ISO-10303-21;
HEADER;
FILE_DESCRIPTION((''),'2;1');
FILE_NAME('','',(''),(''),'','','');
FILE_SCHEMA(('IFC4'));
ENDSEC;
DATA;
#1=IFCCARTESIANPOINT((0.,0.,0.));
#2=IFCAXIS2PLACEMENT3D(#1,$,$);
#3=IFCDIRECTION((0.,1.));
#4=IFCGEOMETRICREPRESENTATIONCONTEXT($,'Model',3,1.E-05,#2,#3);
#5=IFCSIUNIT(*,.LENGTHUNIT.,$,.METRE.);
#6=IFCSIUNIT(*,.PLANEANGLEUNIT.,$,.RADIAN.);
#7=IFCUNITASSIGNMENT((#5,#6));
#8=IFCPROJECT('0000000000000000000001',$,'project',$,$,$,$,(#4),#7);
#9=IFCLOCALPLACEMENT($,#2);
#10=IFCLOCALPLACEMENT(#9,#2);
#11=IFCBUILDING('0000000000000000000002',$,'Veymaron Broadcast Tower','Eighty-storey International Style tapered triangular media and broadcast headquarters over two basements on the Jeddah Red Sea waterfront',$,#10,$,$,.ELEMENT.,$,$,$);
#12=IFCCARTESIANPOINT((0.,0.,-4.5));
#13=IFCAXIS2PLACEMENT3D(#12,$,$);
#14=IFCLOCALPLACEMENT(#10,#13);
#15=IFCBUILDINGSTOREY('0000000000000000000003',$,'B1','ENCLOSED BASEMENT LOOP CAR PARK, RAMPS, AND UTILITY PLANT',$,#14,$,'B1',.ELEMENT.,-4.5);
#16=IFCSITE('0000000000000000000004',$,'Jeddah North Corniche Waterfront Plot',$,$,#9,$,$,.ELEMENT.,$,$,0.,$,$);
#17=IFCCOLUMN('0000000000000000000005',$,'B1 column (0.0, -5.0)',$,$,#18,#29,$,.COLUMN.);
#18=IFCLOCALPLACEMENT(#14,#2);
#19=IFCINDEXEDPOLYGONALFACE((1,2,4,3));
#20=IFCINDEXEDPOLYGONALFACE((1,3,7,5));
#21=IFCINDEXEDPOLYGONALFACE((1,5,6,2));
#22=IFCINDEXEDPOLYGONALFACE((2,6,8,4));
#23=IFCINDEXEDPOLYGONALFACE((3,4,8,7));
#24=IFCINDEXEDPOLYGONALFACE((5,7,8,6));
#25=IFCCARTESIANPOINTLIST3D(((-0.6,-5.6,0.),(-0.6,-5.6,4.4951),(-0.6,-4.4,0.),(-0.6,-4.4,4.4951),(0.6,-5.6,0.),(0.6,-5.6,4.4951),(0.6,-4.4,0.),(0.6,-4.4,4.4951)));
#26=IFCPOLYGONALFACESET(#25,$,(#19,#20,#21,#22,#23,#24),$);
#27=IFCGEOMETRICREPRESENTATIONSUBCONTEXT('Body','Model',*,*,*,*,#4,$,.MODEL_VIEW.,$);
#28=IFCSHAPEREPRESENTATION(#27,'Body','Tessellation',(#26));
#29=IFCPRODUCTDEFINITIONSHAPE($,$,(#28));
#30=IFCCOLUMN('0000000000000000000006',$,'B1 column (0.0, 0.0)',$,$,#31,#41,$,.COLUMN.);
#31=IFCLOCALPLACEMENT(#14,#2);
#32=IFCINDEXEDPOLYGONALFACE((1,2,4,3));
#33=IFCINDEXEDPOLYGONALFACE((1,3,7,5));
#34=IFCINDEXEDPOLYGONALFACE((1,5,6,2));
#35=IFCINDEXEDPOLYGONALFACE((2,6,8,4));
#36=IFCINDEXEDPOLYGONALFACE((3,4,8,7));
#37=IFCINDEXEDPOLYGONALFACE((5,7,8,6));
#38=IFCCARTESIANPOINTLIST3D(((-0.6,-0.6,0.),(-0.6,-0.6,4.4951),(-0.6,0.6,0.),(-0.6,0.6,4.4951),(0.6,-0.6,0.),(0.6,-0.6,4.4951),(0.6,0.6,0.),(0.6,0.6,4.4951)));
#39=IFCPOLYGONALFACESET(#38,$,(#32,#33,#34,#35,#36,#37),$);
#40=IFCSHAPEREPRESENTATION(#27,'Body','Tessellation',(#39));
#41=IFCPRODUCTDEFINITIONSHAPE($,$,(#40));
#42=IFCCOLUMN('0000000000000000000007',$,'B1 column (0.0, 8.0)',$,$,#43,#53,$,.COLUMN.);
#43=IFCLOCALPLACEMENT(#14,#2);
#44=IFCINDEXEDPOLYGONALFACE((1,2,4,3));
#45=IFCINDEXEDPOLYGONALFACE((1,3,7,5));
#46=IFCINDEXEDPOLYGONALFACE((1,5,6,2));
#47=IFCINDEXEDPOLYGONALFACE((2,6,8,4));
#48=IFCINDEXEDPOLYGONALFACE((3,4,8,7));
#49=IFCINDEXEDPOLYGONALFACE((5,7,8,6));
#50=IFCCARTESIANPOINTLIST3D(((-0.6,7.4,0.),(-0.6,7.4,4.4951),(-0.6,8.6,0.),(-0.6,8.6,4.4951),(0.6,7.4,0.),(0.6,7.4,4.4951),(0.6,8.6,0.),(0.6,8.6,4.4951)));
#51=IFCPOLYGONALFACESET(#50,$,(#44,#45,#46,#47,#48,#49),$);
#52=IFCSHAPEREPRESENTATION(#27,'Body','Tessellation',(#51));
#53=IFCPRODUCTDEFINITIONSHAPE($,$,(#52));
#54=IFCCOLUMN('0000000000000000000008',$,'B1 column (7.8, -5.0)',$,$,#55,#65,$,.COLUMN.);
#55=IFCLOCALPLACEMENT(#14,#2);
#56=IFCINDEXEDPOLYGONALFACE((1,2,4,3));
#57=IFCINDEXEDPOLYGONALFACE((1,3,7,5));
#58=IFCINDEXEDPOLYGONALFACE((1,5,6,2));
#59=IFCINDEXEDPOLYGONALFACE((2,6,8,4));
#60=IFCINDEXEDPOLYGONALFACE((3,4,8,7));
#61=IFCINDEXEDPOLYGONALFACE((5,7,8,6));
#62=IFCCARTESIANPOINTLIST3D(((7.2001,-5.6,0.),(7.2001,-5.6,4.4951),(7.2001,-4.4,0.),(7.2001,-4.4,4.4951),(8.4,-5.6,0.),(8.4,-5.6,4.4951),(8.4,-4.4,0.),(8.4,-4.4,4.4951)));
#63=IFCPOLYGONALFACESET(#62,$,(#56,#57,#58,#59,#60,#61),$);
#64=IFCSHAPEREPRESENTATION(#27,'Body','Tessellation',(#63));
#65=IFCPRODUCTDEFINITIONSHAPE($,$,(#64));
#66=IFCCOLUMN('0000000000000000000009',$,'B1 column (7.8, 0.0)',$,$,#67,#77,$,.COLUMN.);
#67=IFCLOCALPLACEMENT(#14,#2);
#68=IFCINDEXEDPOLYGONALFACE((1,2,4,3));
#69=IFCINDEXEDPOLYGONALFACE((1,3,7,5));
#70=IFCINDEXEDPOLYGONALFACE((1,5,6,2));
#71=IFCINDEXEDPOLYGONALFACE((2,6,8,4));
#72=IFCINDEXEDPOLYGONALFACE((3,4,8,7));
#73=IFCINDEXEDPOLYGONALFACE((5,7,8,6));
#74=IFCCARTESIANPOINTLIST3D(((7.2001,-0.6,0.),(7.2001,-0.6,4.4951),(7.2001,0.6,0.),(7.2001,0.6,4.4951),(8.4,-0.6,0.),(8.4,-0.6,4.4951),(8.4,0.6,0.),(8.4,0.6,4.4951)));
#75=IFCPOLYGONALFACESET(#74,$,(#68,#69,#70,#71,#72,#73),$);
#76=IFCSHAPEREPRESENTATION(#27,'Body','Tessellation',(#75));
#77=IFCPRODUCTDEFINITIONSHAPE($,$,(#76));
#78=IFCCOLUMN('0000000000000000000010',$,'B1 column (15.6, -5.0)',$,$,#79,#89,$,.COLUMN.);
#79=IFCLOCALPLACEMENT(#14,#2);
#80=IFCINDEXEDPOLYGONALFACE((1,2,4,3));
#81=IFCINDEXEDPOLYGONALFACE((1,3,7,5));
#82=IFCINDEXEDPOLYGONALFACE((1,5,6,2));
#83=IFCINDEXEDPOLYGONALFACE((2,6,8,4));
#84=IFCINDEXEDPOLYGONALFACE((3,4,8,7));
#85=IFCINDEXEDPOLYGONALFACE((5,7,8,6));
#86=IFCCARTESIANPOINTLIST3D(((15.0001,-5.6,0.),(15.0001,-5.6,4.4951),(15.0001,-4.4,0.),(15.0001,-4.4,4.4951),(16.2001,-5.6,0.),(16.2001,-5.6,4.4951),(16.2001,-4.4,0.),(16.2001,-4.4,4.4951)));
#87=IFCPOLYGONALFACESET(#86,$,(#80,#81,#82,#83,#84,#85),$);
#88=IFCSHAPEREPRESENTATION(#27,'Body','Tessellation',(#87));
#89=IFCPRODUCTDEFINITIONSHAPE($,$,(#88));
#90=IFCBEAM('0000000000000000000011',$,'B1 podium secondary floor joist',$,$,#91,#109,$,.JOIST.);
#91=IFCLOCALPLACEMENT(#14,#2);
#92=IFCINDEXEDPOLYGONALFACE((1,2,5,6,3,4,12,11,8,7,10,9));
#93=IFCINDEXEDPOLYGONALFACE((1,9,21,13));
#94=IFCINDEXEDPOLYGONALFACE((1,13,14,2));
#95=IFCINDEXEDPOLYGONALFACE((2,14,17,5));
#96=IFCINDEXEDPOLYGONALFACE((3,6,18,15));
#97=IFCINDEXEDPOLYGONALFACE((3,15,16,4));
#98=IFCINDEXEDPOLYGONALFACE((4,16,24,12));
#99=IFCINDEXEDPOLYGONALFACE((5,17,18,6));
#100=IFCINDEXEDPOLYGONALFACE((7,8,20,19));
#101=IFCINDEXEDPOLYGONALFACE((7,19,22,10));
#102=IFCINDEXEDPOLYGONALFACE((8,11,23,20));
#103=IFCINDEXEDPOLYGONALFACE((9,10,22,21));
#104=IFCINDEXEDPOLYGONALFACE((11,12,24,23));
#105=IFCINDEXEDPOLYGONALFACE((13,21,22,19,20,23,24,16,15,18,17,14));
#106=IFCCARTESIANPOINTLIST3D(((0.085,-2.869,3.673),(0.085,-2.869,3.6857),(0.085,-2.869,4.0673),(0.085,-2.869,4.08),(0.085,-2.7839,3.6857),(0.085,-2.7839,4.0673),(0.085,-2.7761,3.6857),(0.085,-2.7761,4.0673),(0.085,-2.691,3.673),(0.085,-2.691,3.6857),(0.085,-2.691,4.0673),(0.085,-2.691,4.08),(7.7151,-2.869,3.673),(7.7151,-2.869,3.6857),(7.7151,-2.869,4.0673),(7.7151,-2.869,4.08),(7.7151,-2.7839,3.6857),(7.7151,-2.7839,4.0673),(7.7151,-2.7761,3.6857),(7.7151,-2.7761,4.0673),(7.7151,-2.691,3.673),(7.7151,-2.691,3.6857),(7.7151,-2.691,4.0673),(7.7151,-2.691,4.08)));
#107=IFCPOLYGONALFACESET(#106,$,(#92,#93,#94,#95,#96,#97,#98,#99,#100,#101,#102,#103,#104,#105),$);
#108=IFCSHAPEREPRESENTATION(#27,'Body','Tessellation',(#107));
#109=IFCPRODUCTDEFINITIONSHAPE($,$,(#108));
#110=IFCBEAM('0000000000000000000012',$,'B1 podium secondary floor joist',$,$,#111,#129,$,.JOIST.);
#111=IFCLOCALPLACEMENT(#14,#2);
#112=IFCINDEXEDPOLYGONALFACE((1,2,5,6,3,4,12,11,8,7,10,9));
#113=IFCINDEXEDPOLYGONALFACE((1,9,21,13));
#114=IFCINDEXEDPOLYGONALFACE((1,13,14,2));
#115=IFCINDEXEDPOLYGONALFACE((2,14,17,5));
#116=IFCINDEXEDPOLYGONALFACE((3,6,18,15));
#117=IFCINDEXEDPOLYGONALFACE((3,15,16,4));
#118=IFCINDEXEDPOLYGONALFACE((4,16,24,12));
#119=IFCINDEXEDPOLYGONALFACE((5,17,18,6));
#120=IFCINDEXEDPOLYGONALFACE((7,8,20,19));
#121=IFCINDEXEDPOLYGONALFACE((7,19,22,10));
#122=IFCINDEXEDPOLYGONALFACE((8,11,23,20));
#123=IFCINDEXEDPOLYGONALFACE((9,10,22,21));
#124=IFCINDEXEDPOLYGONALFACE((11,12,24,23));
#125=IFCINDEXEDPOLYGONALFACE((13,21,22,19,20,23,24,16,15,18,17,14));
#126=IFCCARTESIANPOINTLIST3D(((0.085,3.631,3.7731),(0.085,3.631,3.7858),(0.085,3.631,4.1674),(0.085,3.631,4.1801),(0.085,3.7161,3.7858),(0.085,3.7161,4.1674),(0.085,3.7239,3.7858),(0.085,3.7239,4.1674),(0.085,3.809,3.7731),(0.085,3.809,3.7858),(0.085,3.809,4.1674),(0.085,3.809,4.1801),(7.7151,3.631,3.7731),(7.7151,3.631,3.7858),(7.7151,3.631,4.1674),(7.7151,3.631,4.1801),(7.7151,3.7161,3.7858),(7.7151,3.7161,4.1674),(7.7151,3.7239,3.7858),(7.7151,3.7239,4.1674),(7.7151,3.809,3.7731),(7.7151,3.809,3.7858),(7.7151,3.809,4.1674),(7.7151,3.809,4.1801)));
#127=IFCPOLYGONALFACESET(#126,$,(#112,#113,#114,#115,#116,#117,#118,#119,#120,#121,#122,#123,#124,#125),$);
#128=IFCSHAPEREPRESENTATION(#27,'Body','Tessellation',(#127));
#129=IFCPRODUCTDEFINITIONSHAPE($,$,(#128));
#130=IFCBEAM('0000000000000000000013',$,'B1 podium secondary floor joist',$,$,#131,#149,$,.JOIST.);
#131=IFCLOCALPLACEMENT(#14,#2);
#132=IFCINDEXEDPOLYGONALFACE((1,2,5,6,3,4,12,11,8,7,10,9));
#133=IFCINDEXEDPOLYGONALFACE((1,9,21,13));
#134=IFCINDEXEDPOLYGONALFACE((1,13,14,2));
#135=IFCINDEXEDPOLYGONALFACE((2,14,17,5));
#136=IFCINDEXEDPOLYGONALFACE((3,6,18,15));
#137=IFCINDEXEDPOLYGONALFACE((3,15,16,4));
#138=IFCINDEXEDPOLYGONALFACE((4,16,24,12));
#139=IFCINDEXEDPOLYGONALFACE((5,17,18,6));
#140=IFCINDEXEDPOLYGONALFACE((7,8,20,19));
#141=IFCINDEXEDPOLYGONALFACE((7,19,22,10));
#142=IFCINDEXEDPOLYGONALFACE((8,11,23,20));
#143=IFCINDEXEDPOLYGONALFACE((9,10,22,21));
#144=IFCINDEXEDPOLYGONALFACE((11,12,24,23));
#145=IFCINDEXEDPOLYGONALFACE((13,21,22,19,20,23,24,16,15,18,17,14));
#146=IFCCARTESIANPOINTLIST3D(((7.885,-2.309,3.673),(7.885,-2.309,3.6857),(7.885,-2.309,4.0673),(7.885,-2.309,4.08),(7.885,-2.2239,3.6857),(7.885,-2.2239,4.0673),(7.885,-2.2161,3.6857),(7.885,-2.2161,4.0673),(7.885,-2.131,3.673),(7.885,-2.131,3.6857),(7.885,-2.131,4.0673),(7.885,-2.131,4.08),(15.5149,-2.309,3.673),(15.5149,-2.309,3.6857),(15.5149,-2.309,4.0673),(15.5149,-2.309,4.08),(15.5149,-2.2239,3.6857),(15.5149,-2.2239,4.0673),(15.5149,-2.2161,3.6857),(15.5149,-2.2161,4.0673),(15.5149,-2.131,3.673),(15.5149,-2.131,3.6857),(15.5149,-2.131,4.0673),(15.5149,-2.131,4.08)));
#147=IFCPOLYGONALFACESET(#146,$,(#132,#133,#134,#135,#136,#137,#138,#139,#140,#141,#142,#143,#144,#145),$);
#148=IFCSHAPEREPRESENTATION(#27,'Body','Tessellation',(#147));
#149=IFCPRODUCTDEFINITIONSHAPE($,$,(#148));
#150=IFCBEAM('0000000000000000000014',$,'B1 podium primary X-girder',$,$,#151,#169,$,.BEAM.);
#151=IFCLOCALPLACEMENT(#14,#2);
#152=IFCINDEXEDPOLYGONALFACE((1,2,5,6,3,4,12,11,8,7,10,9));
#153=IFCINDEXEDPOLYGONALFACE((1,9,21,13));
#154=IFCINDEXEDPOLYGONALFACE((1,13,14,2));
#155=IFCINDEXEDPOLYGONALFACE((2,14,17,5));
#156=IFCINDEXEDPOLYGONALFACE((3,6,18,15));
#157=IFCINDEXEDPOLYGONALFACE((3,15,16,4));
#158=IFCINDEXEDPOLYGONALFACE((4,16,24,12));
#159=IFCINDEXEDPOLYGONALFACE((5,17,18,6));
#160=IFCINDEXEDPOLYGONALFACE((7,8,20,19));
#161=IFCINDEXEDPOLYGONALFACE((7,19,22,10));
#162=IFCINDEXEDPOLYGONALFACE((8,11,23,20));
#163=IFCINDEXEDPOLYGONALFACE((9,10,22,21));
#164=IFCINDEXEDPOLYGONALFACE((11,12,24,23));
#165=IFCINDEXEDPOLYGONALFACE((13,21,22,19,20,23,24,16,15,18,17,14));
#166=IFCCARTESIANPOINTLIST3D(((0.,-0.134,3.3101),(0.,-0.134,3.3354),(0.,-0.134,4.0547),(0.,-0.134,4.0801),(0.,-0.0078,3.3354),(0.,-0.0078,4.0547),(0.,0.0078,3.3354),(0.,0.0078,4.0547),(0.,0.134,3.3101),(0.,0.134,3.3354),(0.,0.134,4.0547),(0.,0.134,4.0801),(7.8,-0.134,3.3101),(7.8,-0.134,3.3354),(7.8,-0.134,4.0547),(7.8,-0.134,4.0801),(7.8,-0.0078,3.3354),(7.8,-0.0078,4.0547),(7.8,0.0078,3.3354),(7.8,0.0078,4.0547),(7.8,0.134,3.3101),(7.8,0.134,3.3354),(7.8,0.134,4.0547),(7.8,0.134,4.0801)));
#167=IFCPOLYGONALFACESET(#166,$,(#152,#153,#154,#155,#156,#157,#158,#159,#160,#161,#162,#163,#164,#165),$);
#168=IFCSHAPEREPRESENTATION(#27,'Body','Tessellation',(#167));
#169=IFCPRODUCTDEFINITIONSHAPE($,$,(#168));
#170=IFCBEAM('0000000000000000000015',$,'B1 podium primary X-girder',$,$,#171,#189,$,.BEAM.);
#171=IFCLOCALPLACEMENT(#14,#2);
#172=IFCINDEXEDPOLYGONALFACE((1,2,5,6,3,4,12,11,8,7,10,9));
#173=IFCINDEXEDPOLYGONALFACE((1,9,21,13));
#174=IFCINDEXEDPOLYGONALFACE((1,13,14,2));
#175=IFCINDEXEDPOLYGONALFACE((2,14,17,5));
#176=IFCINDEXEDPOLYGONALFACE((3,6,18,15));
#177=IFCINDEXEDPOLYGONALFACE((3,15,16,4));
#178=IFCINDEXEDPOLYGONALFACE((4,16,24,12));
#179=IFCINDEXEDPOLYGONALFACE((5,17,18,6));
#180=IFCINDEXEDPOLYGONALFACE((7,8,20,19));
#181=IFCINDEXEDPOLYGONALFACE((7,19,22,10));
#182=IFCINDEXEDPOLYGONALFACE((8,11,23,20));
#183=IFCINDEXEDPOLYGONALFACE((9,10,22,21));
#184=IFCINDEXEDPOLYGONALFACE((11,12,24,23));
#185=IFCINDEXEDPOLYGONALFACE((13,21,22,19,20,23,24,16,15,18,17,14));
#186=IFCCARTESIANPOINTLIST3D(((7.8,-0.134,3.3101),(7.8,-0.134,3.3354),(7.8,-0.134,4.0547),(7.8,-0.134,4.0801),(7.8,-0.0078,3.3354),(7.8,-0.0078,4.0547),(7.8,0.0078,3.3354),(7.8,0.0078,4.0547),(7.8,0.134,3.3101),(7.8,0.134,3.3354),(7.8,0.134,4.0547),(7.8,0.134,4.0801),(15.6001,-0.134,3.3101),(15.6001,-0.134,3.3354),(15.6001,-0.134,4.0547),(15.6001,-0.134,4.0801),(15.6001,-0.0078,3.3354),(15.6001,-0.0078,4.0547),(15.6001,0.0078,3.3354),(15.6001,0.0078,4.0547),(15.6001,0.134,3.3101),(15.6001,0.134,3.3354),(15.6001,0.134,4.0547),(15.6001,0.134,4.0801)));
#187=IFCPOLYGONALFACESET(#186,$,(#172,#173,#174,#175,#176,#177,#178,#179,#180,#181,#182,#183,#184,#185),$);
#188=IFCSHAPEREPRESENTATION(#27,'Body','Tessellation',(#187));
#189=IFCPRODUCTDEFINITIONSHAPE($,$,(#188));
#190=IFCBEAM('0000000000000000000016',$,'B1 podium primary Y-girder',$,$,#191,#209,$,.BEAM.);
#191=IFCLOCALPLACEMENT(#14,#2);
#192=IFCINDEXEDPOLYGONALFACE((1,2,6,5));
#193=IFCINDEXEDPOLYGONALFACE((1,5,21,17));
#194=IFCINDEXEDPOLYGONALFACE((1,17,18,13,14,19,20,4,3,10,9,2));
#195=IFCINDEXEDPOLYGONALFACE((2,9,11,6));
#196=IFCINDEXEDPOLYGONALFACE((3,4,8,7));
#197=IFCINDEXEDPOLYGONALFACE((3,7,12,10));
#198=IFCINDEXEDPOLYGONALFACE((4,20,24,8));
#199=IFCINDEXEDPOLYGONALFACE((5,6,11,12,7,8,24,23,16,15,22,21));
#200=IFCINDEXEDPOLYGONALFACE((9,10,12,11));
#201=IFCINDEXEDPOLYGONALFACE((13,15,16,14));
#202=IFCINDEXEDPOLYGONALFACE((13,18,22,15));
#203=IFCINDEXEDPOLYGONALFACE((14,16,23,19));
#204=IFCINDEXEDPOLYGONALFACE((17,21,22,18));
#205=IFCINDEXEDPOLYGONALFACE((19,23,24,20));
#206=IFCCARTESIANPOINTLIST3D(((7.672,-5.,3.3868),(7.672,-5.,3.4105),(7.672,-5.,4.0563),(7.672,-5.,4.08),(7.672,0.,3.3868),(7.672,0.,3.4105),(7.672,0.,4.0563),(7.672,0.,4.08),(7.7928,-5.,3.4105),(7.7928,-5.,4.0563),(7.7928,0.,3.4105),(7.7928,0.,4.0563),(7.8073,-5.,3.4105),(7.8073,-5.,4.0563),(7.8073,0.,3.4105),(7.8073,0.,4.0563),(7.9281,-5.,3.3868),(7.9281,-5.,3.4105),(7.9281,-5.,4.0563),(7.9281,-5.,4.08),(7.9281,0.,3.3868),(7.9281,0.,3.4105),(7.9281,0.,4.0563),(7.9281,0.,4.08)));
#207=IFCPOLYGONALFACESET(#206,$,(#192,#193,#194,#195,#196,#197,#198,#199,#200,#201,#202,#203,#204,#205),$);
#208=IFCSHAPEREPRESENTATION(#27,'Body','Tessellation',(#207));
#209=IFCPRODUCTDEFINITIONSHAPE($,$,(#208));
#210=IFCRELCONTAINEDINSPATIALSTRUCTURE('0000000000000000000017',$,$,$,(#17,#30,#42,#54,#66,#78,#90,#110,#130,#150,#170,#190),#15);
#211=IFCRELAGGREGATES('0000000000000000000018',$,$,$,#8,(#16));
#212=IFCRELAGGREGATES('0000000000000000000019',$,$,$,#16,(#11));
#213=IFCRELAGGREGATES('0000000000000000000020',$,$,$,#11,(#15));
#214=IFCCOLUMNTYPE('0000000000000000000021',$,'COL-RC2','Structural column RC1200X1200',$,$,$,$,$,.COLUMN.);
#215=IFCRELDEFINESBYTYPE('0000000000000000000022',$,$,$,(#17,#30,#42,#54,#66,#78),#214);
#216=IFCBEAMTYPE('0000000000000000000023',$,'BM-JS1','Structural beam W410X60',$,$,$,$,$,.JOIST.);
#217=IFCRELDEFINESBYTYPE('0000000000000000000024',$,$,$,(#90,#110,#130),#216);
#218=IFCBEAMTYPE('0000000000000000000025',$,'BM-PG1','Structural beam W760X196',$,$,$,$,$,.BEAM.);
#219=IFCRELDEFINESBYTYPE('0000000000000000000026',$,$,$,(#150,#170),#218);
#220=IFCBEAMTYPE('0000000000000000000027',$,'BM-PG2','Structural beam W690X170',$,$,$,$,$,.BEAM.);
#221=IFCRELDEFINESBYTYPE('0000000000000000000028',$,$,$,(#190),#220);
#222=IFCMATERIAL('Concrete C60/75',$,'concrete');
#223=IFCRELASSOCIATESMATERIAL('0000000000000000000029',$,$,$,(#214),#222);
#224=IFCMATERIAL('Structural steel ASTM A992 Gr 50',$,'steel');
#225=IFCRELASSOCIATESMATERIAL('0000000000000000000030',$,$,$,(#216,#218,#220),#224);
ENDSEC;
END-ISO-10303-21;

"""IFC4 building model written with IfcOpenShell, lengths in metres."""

from ifc_helpers import new_model, si_unit, direction, frame, origin, origin_2d, place, context, subcontext, project, spatial, rectangle, i_section, extrude, material, material_profile, profile_set, type_object, element, save


model = new_model("IFC4")

# Units and contexts
model_context = context("Model", 3, precision=1e-05, world=origin(), true_north=direction((0.0, 1.0)))
body_context = subcontext(model_context, "Body", "Model", "MODEL_VIEW")
ifc_project = project(units=[si_unit("LENGTHUNIT", "METRE"), si_unit("PLANEANGLEUNIT", "RADIAN")], contexts=[model_context])

# Site, building, storey
site_placement = place(None, origin())
site = spatial("IfcSite", under=ifc_project, at=site_placement, Name="Jeddah North Corniche Waterfront Plot", CompositionType="ELEMENT", RefElevation=0.0)
building_placement = place(site_placement, origin())
building = spatial("IfcBuilding", under=site, at=building_placement, Name="Veymaron Broadcast Tower", Description="Eighty-storey International Style tapered triangular media and broadcast headquarters over two basements on the Jeddah Red Sea waterfront", CompositionType="ELEMENT")
storey_placement = place(building_placement, frame((0.0, 0.0, -4.5)))
storey = spatial("IfcBuildingStorey", under=building, at=storey_placement, Name="B1", Description="ENCLOSED BASEMENT LOOP CAR PARK, RAMPS, AND UTILITY PLANT", LongName="B1", CompositionType="ELEMENT", Elevation=-4.5)

# Columns
ifc_material_1 = material(Name="Concrete C60/75", Category="concrete")
ifc_material_profile_1 = material_profile(ifc_material_1, rectangle(XDim=1.2, YDim=1.2, at=origin_2d()), Name="RC1200X1200")
ifc_profile_set_1 = profile_set([ifc_material_profile_1], Name="Concrete C60/75")
column_type = type_object("IfcColumnType", Name="COL-RC2", Description="Structural column RC1200X1200", PredefinedType="COLUMN", material=ifc_profile_set_1)
for number, where, z_axis, x_axis, name in (
    (1, (0.0, -5.0, 0.0), (0.0, 0.0, 1.0), (1.0, 0.0, 0.0), "B1 column (0.0, -5.0)"),
    (2, (0.0, 0.0, 0.0), (0.0, 0.0, 1.0), (1.0, 0.0, 0.0), "B1 column (0.0, 0.0)"),
    (3, (0.0, 8.0, 0.0), (0.0, 0.0, 1.0), (1.0, 0.0, 0.0), "B1 column (0.0, 8.0)"),
    (4, (7.8, -5.0, 0.0), (0.0, 0.0, 1.0), (1.0, 0.0, 0.0), "B1 column (7.8, -5.0)"),
    (5, (7.8, 0.0, 0.0), (0.0, 0.0, 1.0), (1.0, 0.0, 0.0), "B1 column (7.8, 0.0)"),
    (6, (15.6001, -5.0, 0.0), (0.0, 0.0, 1.0), (1.0, 0.0, 0.0), "B1 column (15.6, -5.0)"),
):
    element("IfcColumn", number, at=place(storey_placement, frame(where, z_axis=z_axis, x_axis=x_axis)), inside=storey, type_object=column_type, Name=name, PredefinedType="COLUMN", context=body_context, shape_type="SweptSolid", body=[
        extrude(rectangle(XDim=1.2, YDim=1.2, at=origin_2d()), origin(), (0.0, 0.0, 1.0), 4.4951),
    ])

# Beams
ifc_material_2 = material(Name="Structural steel ASTM A992 Gr 50", Category="steel")
ifc_material_profile_2 = material_profile(ifc_material_2, i_section(OverallWidth=0.178, OverallDepth=0.407, WebThickness=0.0078, FlangeThickness=0.0127, at=origin_2d()), Name="W410X60")
ifc_profile_set_2 = profile_set([ifc_material_profile_2], Name="Structural steel ASTM A992 Gr 50")
beam_type_1 = type_object("IfcBeamType", Name="BM-JS1", Description="Structural beam W410X60", PredefinedType="JOIST", material=ifc_profile_set_2)
for number, where, z_axis, x_axis, name in (
    (7, (0.085, -2.78, 3.8765), (1.0, 0.0, 0.0), (0.0, 1.0, 0.0), "B1 podium secondary floor joist"),
    (8, (0.085, 3.72, 3.9766), (1.0, 0.0, 0.0), (0.0, 1.0, 0.0), "B1 podium secondary floor joist"),
):
    element("IfcBeam", number, at=place(storey_placement, frame(where, z_axis=z_axis, x_axis=x_axis)), inside=storey, type_object=beam_type_1, Name=name, PredefinedType="JOIST", context=body_context, shape_type="SweptSolid", body=[
        extrude(i_section(OverallWidth=0.178, OverallDepth=0.407, WebThickness=0.0078, FlangeThickness=0.0127, at=origin_2d()), origin(), (0.0, 0.0, 1.0), 7.6301),
    ])
beam_1_placement = place(storey_placement, frame((7.885, -2.22, 3.8765), z_axis=(1.0, 0.0, 0.0), x_axis=(0.0, 1.0, 0.0)))
element("IfcBeam", 9, at=beam_1_placement, inside=storey, type_object=beam_type_1, Name="B1 podium secondary floor joist", PredefinedType="JOIST", context=body_context, shape_type="SweptSolid", body=[
    extrude(i_section(OverallWidth=0.178, OverallDepth=0.407, WebThickness=0.0078, FlangeThickness=0.0127, at=origin_2d()), origin(), (0.0, 0.0, 1.0), 7.6299),
])
ifc_material_profile_3 = material_profile(ifc_material_2, i_section(OverallWidth=0.2681, OverallDepth=0.77, WebThickness=0.0156, FlangeThickness=0.0254, at=origin_2d()), Name="W760X196")
ifc_profile_set_3 = profile_set([ifc_material_profile_3], Name="Structural steel ASTM A992 Gr 50")
beam_type_2 = type_object("IfcBeamType", Name="BM-PG1", Description="Structural beam W760X196", PredefinedType="BEAM", material=ifc_profile_set_3)
for number, where, z_axis, x_axis, name in (
    (10, (0.0, 0.0, 3.6951), (1.0, 0.0, 0.0), (0.0, 1.0, 0.0), "B1 podium primary X-girder"),
    (11, (7.8, 0.0, 3.6951), (1.0, 0.0, 0.0), (0.0, 1.0, 0.0), "B1 podium primary X-girder"),
):
    element("IfcBeam", number, at=place(storey_placement, frame(where, z_axis=z_axis, x_axis=x_axis)), inside=storey, type_object=beam_type_2, Name=name, PredefinedType="BEAM", context=body_context, shape_type="SweptSolid", body=[
        extrude(i_section(OverallWidth=0.2681, OverallDepth=0.77, WebThickness=0.0156, FlangeThickness=0.0254, at=origin_2d()), origin(), (0.0, 0.0, 1.0), 7.8),
    ])
ifc_material_profile_4 = material_profile(ifc_material_2, i_section(OverallWidth=0.2561, OverallDepth=0.6931, WebThickness=0.0144, FlangeThickness=0.0237, at=origin_2d()), Name="W690X170")
ifc_profile_set_4 = profile_set([ifc_material_profile_4], Name="Structural steel ASTM A992 Gr 50")
beam_type_3 = type_object("IfcBeamType", Name="BM-PG2", Description="Structural beam W690X170", PredefinedType="BEAM", material=ifc_profile_set_4)
beam_2_placement = place(storey_placement, frame((7.8, -5.0, 3.7334), z_axis=(0.0, 1.0, 0.0), x_axis=(-1.0, 0.0, 0.0)))
element("IfcBeam", 12, at=beam_2_placement, inside=storey, type_object=beam_type_3, Name="B1 podium primary Y-girder", PredefinedType="BEAM", context=body_context, shape_type="SweptSolid", body=[
    extrude(i_section(OverallWidth=0.2561, OverallDepth=0.6931, WebThickness=0.0144, FlangeThickness=0.0237, at=origin_2d()), origin(), (0.0, 0.0, 1.0), 5.0),
])

save(model, "model.ifc")
